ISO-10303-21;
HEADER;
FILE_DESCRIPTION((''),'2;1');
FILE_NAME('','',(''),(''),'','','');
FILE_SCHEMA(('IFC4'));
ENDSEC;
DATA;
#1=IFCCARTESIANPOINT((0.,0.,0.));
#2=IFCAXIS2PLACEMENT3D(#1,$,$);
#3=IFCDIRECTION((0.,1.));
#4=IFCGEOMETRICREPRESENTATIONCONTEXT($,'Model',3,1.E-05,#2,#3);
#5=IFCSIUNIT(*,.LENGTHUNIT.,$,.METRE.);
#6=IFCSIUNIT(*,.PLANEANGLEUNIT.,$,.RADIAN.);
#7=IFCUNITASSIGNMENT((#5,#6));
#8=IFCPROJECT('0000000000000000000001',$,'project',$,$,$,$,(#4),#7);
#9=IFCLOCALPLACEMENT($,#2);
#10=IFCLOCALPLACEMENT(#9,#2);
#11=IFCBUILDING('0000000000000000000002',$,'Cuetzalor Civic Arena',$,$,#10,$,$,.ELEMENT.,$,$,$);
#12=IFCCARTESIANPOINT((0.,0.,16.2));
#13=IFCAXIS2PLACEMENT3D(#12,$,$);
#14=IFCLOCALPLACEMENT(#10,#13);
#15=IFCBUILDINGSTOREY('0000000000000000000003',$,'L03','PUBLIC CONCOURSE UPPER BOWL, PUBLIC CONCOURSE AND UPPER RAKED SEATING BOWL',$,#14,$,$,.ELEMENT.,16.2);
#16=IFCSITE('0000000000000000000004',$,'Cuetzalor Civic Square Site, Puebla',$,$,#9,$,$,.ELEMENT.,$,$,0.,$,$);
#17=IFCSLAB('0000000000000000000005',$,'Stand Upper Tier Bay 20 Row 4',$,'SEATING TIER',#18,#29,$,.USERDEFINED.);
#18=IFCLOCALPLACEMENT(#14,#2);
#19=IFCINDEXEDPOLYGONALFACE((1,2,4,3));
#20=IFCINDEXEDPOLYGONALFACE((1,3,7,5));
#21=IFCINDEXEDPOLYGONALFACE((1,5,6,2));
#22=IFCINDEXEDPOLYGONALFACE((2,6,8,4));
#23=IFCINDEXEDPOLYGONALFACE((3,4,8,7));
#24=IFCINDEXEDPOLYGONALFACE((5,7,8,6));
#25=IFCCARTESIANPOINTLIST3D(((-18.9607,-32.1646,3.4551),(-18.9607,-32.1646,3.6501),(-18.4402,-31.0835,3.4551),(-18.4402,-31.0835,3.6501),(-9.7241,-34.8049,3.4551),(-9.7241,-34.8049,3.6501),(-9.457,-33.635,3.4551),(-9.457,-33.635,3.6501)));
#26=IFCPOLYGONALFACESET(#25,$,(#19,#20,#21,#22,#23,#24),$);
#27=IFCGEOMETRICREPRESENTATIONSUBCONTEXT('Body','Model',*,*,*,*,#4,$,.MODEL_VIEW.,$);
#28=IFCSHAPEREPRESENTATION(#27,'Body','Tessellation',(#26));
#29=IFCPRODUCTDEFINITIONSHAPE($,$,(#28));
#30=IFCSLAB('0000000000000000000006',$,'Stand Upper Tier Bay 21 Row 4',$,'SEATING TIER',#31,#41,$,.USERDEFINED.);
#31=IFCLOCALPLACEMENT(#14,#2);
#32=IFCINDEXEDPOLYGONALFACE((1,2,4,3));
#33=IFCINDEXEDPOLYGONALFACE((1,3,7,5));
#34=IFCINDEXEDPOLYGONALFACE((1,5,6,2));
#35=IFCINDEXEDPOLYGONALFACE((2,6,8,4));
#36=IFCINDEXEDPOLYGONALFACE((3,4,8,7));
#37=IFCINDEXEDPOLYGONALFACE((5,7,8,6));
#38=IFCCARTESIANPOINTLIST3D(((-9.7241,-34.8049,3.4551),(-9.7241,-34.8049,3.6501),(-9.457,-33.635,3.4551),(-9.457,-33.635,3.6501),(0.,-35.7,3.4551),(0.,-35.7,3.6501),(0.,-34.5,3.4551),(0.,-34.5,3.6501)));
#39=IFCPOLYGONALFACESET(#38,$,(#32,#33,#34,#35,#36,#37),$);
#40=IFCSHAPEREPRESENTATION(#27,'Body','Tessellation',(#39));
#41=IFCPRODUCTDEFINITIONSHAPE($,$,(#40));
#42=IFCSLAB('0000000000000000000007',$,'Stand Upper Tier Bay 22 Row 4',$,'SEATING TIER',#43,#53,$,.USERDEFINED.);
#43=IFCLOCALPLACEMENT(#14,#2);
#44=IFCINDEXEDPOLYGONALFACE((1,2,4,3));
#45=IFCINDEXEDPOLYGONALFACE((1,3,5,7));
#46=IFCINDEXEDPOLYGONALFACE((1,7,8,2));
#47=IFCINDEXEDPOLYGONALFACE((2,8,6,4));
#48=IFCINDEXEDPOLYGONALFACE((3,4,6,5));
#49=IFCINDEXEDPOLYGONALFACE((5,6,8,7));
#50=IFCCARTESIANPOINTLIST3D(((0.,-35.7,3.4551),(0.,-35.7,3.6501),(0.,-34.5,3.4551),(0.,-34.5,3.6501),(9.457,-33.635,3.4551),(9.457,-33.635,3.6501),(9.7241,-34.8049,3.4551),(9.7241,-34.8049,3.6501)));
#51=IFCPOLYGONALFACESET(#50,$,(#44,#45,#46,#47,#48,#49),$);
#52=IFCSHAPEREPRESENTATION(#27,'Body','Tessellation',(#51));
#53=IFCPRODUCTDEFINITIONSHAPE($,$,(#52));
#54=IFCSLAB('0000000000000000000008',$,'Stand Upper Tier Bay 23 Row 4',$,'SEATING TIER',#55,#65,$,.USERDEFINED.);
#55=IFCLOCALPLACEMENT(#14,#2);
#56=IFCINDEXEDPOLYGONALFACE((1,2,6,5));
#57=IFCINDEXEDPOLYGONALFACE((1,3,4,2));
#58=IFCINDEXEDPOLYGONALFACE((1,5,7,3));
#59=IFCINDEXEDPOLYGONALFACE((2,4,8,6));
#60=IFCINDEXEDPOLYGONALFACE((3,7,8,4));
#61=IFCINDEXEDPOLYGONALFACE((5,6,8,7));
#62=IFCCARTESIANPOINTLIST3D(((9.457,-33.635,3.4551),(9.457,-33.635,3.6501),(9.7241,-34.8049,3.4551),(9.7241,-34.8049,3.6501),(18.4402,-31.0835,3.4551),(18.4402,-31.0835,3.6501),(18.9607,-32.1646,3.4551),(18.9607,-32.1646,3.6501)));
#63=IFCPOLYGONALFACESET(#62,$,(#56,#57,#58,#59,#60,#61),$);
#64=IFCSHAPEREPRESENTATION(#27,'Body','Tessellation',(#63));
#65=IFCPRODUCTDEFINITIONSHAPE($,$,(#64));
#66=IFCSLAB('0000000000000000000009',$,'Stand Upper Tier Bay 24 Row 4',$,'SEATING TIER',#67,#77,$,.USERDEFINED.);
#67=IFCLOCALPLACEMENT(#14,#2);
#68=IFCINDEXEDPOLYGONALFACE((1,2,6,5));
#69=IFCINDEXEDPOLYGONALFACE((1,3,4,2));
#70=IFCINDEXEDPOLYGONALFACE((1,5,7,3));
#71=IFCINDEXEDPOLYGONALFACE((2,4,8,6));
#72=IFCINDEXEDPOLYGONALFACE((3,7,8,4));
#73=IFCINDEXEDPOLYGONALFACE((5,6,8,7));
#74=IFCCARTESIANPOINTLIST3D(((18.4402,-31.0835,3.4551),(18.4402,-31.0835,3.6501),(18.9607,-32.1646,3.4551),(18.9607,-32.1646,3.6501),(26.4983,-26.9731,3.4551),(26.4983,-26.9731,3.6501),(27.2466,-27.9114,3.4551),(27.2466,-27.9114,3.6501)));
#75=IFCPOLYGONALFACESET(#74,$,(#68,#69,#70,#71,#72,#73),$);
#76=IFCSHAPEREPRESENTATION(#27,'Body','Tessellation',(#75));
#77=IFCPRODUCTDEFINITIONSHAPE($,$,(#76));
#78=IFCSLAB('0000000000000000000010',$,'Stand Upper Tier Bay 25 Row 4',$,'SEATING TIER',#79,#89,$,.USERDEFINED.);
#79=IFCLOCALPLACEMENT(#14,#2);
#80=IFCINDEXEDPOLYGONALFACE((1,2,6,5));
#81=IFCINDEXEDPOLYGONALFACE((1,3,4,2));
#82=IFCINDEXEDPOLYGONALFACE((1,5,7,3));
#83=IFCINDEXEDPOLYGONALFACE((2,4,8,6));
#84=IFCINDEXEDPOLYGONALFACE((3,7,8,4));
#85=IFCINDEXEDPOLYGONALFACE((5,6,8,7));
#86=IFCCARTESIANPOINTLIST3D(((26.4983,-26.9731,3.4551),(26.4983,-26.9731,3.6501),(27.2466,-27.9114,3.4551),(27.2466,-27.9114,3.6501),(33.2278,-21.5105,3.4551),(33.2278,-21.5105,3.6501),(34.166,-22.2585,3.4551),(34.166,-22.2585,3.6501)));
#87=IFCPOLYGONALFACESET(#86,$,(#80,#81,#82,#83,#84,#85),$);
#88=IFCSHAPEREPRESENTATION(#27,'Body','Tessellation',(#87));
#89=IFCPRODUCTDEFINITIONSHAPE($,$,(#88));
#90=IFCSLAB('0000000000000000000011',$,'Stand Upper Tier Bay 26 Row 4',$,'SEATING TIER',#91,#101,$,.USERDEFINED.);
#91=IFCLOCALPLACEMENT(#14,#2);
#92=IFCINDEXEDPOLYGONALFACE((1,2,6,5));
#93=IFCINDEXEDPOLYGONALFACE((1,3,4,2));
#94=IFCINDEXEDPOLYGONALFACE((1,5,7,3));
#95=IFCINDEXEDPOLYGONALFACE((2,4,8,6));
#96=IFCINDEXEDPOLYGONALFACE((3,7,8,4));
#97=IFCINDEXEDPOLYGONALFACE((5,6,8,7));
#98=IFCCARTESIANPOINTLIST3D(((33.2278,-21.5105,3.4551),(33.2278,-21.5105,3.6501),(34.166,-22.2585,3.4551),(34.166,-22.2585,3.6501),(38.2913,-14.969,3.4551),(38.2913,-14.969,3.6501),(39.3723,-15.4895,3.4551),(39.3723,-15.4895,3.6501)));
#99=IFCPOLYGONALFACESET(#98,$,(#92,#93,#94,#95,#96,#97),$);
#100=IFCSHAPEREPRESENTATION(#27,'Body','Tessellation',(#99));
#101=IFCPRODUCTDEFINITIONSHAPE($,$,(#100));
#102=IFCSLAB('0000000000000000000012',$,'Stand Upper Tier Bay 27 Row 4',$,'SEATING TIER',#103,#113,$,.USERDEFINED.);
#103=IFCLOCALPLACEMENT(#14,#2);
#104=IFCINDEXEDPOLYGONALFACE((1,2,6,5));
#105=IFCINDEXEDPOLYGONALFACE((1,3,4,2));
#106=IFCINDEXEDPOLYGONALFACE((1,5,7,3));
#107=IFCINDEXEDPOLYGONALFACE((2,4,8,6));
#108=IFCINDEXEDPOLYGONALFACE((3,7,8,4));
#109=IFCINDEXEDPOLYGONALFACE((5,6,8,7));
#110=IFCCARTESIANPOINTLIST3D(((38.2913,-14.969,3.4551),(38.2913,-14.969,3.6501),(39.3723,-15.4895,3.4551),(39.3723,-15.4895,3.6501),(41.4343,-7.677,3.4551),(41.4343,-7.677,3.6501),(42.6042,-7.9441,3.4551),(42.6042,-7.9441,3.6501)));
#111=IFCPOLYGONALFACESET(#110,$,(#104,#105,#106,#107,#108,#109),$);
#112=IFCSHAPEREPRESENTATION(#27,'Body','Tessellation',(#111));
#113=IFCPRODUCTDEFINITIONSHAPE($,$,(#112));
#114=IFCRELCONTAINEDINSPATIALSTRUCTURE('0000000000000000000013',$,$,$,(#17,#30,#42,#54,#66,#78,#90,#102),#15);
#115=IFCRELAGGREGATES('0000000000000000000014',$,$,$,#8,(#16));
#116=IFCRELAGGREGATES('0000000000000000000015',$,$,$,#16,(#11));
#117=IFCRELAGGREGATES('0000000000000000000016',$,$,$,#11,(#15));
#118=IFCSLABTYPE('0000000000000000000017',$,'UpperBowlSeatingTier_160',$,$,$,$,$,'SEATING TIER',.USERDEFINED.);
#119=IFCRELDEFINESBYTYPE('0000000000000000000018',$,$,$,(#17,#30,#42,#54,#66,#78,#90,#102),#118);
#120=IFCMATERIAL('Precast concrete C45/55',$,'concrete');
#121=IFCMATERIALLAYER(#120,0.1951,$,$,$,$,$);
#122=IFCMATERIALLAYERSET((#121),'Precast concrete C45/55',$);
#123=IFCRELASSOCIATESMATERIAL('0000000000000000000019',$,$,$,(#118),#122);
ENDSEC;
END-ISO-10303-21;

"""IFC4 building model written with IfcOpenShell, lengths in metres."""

from ifc_helpers import new_model, si_unit, direction, frame, origin, place, context, subcontext, project, spatial, polyline, outline, extrude, material, layer, layer_set, type_object, element, save


model = new_model("IFC4")

# Units and contexts
model_context = context("Model", 3, precision=1e-05, world=origin(), true_north=direction((0.0, 1.0)))
body_context = subcontext(model_context, "Body", "Model", "MODEL_VIEW")
ifc_project = project(units=[si_unit("LENGTHUNIT", "METRE"), si_unit("PLANEANGLEUNIT", "RADIAN")], contexts=[model_context])

# Site, building, storey
site_placement = place(None, origin())
site = spatial("IfcSite", under=ifc_project, at=site_placement, Name="Cuetzalor Civic Square Site, Puebla", CompositionType="ELEMENT", RefElevation=0.0)
building_placement = place(site_placement, origin())
building = spatial("IfcBuilding", under=site, at=building_placement, Name="Cuetzalor Civic Arena", CompositionType="ELEMENT")
storey_placement = place(building_placement, frame((0.0, 0.0, 16.2)))
storey = spatial("IfcBuildingStorey", under=building, at=storey_placement, Name="L03", Description="PUBLIC CONCOURSE UPPER BOWL, PUBLIC CONCOURSE AND UPPER RAKED SEATING BOWL", CompositionType="ELEMENT", Elevation=16.2)

# Slabs
ifc_material = material(Name="Precast concrete C45/55", Category="concrete")
ifc_layer = layer(ifc_material, 0.1951)
ifc_layer_set = layer_set([ifc_layer], Name="Precast concrete C45/55")
slab_type = type_object("IfcSlabType", Name="UpperBowlSeatingTier_160", ElementType="SEATING TIER", PredefinedType="USERDEFINED", material=ifc_layer_set)
slab_1_placement = place(storey_placement, frame((0.0, 0.0, 3.4551)))
element("IfcSlab", 1, at=slab_1_placement, inside=storey, type_object=slab_type, Name="Stand Upper Tier Bay 20 Row 4", ObjectType="SEATING TIER", PredefinedType="USERDEFINED", context=body_context, shape_type="SweptSolid", body=[
    extrude(outline(polyline([(-18.4402, -31.0835), (-9.457, -33.635), (-9.7241, -34.8049), (-18.9607, -32.1646), (-18.4402, -31.0835)])), origin(), (0.0, 0.0, 1.0), 0.1951),
])
slab_2_placement = place(storey_placement, frame((0.0, 0.0, 3.4551)))
element("IfcSlab", 2, at=slab_2_placement, inside=storey, type_object=slab_type, Name="Stand Upper Tier Bay 21 Row 4", ObjectType="SEATING TIER", PredefinedType="USERDEFINED", context=body_context, shape_type="SweptSolid", body=[
    extrude(outline(polyline([(-9.457, -33.635), (0.0, -34.5), (0.0, -35.7), (-9.7241, -34.8049), (-9.457, -33.635)])), origin(), (0.0, 0.0, 1.0), 0.1951),
])
slab_3_placement = place(storey_placement, frame((0.0, 0.0, 3.4551)))
element("IfcSlab", 3, at=slab_3_placement, inside=storey, type_object=slab_type, Name="Stand Upper Tier Bay 22 Row 4", ObjectType="SEATING TIER", PredefinedType="USERDEFINED", context=body_context, shape_type="SweptSolid", body=[
    extrude(outline(polyline([(0.0, -34.5), (9.457, -33.635), (9.7241, -34.8049), (0.0, -35.7), (0.0, -34.5)])), origin(), (0.0, 0.0, 1.0), 0.1951),
])
slab_4_placement = place(storey_placement, frame((0.0, 0.0, 3.4551)))
element("IfcSlab", 4, at=slab_4_placement, inside=storey, type_object=slab_type, Name="Stand Upper Tier Bay 23 Row 4", ObjectType="SEATING TIER", PredefinedType="USERDEFINED", context=body_context, shape_type="SweptSolid", body=[
    extrude(outline(polyline([(9.457, -33.635), (18.4402, -31.0835), (18.9607, -32.1646), (9.7241, -34.8049), (9.457, -33.635)])), origin(), (0.0, 0.0, 1.0), 0.1951),
])
slab_5_placement = place(storey_placement, frame((0.0, 0.0, 3.4551)))
element("IfcSlab", 5, at=slab_5_placement, inside=storey, type_object=slab_type, Name="Stand Upper Tier Bay 24 Row 4", ObjectType="SEATING TIER", PredefinedType="USERDEFINED", context=body_context, shape_type="SweptSolid", body=[
    extrude(outline(polyline([(18.4402, -31.0835), (26.4983, -26.9731), (27.2466, -27.9114), (18.9607, -32.1646), (18.4402, -31.0835)])), origin(), (0.0, 0.0, 1.0), 0.1951),
])
slab_6_placement = place(storey_placement, frame((0.0, 0.0, 3.4551)))
element("IfcSlab", 6, at=slab_6_placement, inside=storey, type_object=slab_type, Name="Stand Upper Tier Bay 25 Row 4", ObjectType="SEATING TIER", PredefinedType="USERDEFINED", context=body_context, shape_type="SweptSolid", body=[
    extrude(outline(polyline([(26.4983, -26.9731), (33.2278, -21.5105), (34.166, -22.2585), (27.2466, -27.9114), (26.4983, -26.9731)])), origin(), (0.0, 0.0, 1.0), 0.1951),
])
slab_7_placement = place(storey_placement, frame((0.0, 0.0, 3.4551)))
element("IfcSlab", 7, at=slab_7_placement, inside=storey, type_object=slab_type, Name="Stand Upper Tier Bay 26 Row 4", ObjectType="SEATING TIER", PredefinedType="USERDEFINED", context=body_context, shape_type="SweptSolid", body=[
    extrude(outline(polyline([(33.2278, -21.5105), (38.2913, -14.969), (39.3723, -15.4895), (34.166, -22.2585), (33.2278, -21.5105)])), origin(), (0.0, 0.0, 1.0), 0.1951),
])
slab_8_placement = place(storey_placement, frame((0.0, 0.0, 3.4551)))
element("IfcSlab", 8, at=slab_8_placement, inside=storey, type_object=slab_type, Name="Stand Upper Tier Bay 27 Row 4", ObjectType="SEATING TIER", PredefinedType="USERDEFINED", context=body_context, shape_type="SweptSolid", body=[
    extrude(outline(polyline([(38.2913, -14.969), (41.4343, -7.677), (42.6042, -7.9441), (39.3723, -15.4895), (38.2913, -14.969)])), origin(), (0.0, 0.0, 1.0), 0.1951),
])

save(model, "model.ifc")
